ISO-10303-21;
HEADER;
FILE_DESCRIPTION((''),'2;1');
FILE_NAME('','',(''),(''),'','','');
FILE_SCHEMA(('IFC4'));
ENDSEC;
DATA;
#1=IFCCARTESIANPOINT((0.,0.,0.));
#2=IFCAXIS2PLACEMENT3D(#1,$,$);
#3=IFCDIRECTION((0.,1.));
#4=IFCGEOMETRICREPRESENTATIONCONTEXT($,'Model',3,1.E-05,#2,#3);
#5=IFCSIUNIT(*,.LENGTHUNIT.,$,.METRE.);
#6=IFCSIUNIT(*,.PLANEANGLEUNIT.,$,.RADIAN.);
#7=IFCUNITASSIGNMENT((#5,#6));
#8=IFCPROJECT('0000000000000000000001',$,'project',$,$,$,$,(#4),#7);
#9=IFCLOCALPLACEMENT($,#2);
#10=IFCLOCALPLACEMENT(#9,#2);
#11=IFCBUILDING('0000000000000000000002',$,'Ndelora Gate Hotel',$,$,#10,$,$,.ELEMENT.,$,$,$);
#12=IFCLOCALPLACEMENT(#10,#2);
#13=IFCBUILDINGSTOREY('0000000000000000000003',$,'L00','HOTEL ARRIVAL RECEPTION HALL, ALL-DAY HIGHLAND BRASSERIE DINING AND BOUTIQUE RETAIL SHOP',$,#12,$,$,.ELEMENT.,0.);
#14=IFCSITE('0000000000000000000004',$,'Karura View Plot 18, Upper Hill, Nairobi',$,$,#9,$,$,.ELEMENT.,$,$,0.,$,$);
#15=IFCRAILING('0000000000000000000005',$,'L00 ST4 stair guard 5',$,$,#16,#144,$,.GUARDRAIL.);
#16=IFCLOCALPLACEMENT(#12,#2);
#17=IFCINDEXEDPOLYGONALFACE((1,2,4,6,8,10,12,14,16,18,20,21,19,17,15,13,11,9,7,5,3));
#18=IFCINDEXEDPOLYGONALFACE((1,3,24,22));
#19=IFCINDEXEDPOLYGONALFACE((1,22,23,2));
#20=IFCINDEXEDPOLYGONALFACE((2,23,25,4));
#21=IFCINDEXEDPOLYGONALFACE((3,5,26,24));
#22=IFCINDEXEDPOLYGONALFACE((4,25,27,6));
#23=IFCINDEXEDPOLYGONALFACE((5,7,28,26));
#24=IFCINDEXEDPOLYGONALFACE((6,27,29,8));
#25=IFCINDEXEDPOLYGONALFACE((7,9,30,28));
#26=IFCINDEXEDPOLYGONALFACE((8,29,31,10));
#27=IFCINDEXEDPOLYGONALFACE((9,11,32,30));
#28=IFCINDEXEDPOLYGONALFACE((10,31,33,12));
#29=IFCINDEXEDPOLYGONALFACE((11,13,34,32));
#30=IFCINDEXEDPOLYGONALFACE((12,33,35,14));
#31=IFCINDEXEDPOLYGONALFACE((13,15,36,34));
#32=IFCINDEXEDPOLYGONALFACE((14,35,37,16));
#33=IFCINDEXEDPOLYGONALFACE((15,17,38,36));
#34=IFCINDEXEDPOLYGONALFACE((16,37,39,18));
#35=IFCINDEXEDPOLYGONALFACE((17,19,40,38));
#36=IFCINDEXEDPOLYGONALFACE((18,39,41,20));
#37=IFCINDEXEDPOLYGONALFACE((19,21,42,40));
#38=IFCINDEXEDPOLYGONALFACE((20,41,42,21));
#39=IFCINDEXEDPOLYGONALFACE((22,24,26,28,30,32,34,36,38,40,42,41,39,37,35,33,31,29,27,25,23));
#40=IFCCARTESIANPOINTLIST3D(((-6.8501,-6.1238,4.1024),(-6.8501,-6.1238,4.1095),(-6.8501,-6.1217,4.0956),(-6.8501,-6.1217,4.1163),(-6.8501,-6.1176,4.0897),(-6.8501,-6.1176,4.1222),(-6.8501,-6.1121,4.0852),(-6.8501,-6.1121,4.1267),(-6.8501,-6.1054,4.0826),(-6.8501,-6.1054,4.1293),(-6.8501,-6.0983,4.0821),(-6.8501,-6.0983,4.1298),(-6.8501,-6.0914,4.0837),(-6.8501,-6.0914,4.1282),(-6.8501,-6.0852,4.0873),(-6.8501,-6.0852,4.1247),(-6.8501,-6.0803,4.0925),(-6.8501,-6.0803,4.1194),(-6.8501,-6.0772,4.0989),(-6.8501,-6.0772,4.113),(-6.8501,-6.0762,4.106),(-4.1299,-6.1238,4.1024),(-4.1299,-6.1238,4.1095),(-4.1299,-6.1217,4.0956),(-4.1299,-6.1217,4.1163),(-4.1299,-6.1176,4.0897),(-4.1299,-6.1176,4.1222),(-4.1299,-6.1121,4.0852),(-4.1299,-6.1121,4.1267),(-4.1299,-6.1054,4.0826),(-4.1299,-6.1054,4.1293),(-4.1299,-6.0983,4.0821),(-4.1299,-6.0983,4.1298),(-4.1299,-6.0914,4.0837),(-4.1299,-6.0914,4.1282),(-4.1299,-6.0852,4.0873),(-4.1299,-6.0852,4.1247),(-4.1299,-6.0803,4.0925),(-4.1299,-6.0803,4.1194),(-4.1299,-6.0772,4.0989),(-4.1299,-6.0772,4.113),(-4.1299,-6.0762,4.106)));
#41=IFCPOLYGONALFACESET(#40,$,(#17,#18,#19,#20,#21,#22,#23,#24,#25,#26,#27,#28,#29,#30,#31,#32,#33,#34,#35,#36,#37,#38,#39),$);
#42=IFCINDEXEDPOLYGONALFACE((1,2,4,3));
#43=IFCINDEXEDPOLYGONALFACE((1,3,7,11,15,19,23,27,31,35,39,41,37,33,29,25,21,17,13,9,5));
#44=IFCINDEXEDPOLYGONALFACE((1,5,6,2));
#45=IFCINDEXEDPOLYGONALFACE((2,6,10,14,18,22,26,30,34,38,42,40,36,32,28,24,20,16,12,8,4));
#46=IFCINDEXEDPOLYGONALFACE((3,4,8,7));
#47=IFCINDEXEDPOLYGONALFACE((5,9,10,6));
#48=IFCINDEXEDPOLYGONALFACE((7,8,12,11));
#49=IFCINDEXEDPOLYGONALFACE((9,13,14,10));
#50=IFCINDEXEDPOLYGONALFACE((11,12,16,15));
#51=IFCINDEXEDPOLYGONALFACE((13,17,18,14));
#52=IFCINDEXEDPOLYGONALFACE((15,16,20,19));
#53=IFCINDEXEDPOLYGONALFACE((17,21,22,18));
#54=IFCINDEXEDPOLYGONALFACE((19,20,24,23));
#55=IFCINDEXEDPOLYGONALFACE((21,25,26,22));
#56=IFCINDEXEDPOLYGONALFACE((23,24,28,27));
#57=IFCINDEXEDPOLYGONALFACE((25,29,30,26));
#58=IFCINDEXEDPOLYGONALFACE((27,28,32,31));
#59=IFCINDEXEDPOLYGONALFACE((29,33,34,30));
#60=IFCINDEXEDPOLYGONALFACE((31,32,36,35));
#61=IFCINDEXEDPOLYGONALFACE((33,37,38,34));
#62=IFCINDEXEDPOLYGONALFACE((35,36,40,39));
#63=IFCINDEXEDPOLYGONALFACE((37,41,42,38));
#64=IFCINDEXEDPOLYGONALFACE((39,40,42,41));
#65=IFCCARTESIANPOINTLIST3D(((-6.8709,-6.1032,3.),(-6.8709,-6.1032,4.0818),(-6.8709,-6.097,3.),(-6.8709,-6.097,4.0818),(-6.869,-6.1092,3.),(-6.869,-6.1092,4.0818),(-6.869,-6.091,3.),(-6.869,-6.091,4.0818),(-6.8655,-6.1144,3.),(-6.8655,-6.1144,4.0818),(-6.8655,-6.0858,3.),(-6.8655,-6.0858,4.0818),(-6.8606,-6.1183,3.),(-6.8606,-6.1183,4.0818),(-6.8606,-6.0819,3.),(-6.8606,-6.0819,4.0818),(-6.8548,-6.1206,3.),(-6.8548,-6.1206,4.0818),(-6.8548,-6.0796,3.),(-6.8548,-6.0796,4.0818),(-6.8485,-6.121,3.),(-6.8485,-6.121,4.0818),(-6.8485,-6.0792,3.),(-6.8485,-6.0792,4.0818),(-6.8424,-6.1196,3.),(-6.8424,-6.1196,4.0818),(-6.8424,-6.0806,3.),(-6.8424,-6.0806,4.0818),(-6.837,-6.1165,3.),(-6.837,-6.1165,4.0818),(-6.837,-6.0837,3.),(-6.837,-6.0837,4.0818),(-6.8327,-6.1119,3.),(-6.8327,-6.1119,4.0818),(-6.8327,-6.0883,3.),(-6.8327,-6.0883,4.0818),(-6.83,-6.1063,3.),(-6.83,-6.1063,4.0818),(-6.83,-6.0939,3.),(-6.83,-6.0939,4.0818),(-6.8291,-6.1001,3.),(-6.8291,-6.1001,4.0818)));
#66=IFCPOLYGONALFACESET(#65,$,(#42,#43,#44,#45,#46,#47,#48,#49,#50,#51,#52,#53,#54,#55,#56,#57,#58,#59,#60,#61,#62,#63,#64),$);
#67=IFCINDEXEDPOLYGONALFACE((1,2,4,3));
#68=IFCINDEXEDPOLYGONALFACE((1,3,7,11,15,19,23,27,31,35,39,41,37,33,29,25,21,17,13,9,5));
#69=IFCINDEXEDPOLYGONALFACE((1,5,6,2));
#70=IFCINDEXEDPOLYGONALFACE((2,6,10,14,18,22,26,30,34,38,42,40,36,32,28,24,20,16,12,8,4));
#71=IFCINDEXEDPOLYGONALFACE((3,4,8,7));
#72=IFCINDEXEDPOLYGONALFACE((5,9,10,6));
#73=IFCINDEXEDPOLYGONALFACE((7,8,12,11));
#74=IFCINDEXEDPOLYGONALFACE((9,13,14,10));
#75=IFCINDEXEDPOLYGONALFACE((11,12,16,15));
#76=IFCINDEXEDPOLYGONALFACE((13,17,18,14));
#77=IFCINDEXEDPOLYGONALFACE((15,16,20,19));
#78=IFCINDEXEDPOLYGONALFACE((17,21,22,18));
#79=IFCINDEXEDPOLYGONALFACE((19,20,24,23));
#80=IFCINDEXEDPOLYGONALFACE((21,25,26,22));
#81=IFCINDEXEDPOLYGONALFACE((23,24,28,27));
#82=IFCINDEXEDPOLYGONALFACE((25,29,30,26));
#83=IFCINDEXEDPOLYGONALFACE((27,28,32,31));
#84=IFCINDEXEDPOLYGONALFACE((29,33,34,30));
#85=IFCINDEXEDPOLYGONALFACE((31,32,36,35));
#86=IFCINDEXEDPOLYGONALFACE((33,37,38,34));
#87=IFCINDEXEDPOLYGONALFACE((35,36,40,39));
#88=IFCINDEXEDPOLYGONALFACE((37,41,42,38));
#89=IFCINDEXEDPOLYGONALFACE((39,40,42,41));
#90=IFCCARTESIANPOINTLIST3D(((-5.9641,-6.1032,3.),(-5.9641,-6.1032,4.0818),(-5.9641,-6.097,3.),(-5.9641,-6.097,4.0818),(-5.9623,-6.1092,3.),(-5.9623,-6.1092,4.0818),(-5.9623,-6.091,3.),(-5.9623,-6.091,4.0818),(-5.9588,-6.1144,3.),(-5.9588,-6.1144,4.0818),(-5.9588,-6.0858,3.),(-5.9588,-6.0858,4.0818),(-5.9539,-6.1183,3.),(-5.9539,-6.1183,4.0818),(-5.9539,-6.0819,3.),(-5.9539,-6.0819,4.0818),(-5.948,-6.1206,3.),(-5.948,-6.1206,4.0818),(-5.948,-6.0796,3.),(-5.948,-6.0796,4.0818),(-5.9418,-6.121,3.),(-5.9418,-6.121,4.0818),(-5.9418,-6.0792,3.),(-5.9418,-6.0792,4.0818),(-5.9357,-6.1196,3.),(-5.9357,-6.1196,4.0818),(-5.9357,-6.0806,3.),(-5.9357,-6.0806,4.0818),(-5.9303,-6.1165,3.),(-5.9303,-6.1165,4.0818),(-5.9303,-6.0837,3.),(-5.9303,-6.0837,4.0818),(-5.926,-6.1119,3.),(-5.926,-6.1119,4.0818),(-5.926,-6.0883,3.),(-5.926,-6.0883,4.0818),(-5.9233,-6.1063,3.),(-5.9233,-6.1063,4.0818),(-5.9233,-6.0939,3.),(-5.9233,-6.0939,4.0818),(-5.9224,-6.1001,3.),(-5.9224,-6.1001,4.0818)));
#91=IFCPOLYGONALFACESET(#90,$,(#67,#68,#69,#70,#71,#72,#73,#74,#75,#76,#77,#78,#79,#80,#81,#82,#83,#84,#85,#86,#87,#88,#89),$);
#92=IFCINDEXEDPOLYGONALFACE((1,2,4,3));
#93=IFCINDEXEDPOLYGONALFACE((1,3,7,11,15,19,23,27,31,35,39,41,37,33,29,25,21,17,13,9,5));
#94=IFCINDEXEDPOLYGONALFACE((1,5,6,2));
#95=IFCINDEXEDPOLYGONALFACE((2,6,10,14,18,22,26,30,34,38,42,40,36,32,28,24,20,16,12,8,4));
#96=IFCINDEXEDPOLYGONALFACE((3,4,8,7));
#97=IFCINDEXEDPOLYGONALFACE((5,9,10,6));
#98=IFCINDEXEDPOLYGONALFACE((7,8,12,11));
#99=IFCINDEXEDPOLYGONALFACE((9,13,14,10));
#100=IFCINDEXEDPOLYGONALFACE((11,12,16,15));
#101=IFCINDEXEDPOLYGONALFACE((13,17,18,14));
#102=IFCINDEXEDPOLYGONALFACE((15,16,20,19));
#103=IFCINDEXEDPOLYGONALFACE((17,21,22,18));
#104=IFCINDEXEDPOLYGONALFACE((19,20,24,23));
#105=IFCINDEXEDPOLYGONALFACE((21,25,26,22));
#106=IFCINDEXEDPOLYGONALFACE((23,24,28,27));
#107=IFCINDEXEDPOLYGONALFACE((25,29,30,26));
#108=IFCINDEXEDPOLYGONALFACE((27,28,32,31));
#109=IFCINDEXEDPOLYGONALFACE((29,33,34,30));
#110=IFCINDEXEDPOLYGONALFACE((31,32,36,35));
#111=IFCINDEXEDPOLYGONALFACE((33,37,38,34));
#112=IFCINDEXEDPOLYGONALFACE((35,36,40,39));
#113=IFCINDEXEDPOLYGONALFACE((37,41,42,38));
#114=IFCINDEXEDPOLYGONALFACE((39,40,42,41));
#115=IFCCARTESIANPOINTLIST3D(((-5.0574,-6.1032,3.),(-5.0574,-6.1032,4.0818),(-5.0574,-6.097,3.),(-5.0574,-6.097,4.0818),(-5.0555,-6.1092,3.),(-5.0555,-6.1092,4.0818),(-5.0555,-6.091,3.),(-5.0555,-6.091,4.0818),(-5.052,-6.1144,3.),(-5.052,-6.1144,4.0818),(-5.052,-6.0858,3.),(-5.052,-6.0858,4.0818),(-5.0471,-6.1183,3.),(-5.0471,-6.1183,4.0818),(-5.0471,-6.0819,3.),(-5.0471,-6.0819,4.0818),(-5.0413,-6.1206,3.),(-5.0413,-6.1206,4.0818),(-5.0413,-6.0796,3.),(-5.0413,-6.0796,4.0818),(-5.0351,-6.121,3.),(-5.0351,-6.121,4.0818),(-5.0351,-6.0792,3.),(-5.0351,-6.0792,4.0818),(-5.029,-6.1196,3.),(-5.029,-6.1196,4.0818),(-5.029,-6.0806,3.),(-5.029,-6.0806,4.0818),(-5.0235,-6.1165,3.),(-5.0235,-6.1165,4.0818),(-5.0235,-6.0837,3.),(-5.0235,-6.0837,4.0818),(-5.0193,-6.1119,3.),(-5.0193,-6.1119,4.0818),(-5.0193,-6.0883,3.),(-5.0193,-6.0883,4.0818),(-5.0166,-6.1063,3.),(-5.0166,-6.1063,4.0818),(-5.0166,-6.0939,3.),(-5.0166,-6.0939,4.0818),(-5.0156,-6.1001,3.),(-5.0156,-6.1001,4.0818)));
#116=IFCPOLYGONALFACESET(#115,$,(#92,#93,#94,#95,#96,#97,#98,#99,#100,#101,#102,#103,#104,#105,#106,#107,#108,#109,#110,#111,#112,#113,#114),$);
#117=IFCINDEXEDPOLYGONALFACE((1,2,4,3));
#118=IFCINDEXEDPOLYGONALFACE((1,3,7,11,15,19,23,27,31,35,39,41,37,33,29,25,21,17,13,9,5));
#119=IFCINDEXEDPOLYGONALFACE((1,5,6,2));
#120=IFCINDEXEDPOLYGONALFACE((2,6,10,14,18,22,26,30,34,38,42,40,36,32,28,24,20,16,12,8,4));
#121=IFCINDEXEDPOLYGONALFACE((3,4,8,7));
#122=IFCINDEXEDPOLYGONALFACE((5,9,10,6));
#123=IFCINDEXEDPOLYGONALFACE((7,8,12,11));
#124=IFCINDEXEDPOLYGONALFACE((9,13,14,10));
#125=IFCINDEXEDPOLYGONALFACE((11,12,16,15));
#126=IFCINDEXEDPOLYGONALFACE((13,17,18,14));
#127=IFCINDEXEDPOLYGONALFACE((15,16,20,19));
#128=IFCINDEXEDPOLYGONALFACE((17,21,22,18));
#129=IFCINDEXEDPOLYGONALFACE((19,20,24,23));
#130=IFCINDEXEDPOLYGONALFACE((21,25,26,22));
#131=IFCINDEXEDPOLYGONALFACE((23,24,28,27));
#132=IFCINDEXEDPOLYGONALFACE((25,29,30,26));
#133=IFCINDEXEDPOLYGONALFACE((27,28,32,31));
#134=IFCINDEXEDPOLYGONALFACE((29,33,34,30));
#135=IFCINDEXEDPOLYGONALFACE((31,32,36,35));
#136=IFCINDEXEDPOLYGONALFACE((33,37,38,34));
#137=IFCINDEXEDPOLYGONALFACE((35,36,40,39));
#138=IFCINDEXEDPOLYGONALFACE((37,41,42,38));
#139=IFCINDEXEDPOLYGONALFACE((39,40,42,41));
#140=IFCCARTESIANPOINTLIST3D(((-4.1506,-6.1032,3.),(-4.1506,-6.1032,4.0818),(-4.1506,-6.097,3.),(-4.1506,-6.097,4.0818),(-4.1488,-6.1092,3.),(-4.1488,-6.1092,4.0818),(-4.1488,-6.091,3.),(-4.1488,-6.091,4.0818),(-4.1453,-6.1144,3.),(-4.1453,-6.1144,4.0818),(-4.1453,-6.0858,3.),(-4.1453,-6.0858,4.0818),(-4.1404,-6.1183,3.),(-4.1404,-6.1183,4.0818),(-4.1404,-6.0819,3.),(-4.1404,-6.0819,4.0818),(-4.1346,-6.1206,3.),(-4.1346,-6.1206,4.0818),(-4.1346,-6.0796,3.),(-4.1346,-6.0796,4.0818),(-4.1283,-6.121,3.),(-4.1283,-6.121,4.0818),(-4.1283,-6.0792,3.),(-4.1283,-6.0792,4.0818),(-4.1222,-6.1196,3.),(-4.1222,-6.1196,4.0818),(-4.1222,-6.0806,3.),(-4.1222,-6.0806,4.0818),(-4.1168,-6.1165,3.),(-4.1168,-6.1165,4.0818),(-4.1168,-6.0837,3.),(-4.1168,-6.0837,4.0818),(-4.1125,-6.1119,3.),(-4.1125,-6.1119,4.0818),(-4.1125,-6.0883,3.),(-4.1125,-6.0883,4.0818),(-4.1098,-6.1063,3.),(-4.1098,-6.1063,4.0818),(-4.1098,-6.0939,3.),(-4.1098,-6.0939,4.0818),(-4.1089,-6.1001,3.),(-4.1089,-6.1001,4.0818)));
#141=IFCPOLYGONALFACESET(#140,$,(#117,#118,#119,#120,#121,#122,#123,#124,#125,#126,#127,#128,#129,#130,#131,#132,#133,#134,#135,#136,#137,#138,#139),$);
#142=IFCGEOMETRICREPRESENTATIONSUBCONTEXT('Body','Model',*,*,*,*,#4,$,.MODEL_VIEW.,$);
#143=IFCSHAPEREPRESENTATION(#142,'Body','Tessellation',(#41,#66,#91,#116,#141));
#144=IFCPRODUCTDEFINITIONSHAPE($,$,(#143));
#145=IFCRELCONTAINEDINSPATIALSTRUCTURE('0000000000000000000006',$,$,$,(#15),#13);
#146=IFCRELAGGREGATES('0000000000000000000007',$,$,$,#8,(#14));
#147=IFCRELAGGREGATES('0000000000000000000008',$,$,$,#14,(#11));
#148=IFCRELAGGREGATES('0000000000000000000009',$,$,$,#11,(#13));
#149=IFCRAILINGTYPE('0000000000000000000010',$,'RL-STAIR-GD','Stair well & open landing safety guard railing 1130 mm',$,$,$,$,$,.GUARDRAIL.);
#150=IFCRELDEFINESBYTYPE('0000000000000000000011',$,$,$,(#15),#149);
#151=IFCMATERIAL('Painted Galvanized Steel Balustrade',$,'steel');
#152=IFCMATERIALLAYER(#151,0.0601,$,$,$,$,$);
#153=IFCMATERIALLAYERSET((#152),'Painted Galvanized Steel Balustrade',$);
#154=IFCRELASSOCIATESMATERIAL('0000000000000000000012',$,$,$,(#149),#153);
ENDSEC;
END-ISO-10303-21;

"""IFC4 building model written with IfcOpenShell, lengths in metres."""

from ifc_helpers import new_model, si_unit, direction, frame, origin, origin_2d, place, context, subcontext, project, spatial, circle, extrude, material, layer, layer_set, type_object, element, save


model = new_model("IFC4")

# Units and contexts
model_context = context("Model", 3, precision=1e-05, world=origin(), true_north=direction((0.0, 1.0)))
body_context = subcontext(model_context, "Body", "Model", "MODEL_VIEW")
ifc_project = project(units=[si_unit("LENGTHUNIT", "METRE"), si_unit("PLANEANGLEUNIT", "RADIAN")], contexts=[model_context])

# Site, building, storey
site_placement = place(None, origin())
site = spatial("IfcSite", under=ifc_project, at=site_placement, Name="Karura View Plot 18, Upper Hill, Nairobi", CompositionType="ELEMENT", RefElevation=0.0)
building_placement = place(site_placement, origin())
building = spatial("IfcBuilding", under=site, at=building_placement, Name="Ndelora Gate Hotel", CompositionType="ELEMENT")
storey_placement = place(building_placement, origin())
storey = spatial("IfcBuildingStorey", under=building, at=storey_placement, Name="L00", Description="HOTEL ARRIVAL RECEPTION HALL, ALL-DAY HIGHLAND BRASSERIE DINING AND BOUTIQUE RETAIL SHOP", CompositionType="ELEMENT", Elevation=0.0)

# Railing
ifc_material_1 = material(Name="Painted Galvanized Steel Balustrade", Category="steel")
ifc_layer_1 = layer(ifc_material_1, 0.0601)
ifc_layer_set_1 = layer_set([ifc_layer_1], Name="Painted Galvanized Steel Balustrade")
railing_type_1 = type_object("IfcRailingType", Name="RL-STAIR-GD", Description="Stair well & open landing safety guard railing 1130 mm", PredefinedType="GUARDRAIL", material=ifc_layer_set_1)
railing_1_placement = place(storey_placement, frame((-6.8501, -6.1001, 3.0)))
element("IfcRailing", 1, at=railing_1_placement, inside=storey, type_object=railing_type_1, Name="L00 ST4 stair guard 5", PredefinedType="GUARDRAIL", context=body_context, shape_type="SweptSolid", body=[
    extrude(circle(Radius=0.0239, at=origin_2d()), frame((0.0, 0.0, 1.106), z_axis=(1.0, 0.0, 0.0), x_axis=(0.0, 1.0, 0.0)), (0.0, 0.0, 1.0), 2.7202),
    extrude(circle(Radius=0.021, at=origin_2d()), origin(), (0.0, 0.0, 1.0), 1.0818),
    extrude(circle(Radius=0.021, at=origin_2d()), frame((0.9067, 0.0, 0.0)), (0.0, 0.0, 1.0), 1.0818),
    extrude(circle(Radius=0.021, at=origin_2d()), frame((1.8135, 0.0, 0.0)), (0.0, 0.0, 1.0), 1.0818),
    extrude(circle(Radius=0.021, at=origin_2d()), frame((2.7202, 0.0, 0.0)), (0.0, 0.0, 1.0), 1.0818),
])

save(model, "model.ifc")
